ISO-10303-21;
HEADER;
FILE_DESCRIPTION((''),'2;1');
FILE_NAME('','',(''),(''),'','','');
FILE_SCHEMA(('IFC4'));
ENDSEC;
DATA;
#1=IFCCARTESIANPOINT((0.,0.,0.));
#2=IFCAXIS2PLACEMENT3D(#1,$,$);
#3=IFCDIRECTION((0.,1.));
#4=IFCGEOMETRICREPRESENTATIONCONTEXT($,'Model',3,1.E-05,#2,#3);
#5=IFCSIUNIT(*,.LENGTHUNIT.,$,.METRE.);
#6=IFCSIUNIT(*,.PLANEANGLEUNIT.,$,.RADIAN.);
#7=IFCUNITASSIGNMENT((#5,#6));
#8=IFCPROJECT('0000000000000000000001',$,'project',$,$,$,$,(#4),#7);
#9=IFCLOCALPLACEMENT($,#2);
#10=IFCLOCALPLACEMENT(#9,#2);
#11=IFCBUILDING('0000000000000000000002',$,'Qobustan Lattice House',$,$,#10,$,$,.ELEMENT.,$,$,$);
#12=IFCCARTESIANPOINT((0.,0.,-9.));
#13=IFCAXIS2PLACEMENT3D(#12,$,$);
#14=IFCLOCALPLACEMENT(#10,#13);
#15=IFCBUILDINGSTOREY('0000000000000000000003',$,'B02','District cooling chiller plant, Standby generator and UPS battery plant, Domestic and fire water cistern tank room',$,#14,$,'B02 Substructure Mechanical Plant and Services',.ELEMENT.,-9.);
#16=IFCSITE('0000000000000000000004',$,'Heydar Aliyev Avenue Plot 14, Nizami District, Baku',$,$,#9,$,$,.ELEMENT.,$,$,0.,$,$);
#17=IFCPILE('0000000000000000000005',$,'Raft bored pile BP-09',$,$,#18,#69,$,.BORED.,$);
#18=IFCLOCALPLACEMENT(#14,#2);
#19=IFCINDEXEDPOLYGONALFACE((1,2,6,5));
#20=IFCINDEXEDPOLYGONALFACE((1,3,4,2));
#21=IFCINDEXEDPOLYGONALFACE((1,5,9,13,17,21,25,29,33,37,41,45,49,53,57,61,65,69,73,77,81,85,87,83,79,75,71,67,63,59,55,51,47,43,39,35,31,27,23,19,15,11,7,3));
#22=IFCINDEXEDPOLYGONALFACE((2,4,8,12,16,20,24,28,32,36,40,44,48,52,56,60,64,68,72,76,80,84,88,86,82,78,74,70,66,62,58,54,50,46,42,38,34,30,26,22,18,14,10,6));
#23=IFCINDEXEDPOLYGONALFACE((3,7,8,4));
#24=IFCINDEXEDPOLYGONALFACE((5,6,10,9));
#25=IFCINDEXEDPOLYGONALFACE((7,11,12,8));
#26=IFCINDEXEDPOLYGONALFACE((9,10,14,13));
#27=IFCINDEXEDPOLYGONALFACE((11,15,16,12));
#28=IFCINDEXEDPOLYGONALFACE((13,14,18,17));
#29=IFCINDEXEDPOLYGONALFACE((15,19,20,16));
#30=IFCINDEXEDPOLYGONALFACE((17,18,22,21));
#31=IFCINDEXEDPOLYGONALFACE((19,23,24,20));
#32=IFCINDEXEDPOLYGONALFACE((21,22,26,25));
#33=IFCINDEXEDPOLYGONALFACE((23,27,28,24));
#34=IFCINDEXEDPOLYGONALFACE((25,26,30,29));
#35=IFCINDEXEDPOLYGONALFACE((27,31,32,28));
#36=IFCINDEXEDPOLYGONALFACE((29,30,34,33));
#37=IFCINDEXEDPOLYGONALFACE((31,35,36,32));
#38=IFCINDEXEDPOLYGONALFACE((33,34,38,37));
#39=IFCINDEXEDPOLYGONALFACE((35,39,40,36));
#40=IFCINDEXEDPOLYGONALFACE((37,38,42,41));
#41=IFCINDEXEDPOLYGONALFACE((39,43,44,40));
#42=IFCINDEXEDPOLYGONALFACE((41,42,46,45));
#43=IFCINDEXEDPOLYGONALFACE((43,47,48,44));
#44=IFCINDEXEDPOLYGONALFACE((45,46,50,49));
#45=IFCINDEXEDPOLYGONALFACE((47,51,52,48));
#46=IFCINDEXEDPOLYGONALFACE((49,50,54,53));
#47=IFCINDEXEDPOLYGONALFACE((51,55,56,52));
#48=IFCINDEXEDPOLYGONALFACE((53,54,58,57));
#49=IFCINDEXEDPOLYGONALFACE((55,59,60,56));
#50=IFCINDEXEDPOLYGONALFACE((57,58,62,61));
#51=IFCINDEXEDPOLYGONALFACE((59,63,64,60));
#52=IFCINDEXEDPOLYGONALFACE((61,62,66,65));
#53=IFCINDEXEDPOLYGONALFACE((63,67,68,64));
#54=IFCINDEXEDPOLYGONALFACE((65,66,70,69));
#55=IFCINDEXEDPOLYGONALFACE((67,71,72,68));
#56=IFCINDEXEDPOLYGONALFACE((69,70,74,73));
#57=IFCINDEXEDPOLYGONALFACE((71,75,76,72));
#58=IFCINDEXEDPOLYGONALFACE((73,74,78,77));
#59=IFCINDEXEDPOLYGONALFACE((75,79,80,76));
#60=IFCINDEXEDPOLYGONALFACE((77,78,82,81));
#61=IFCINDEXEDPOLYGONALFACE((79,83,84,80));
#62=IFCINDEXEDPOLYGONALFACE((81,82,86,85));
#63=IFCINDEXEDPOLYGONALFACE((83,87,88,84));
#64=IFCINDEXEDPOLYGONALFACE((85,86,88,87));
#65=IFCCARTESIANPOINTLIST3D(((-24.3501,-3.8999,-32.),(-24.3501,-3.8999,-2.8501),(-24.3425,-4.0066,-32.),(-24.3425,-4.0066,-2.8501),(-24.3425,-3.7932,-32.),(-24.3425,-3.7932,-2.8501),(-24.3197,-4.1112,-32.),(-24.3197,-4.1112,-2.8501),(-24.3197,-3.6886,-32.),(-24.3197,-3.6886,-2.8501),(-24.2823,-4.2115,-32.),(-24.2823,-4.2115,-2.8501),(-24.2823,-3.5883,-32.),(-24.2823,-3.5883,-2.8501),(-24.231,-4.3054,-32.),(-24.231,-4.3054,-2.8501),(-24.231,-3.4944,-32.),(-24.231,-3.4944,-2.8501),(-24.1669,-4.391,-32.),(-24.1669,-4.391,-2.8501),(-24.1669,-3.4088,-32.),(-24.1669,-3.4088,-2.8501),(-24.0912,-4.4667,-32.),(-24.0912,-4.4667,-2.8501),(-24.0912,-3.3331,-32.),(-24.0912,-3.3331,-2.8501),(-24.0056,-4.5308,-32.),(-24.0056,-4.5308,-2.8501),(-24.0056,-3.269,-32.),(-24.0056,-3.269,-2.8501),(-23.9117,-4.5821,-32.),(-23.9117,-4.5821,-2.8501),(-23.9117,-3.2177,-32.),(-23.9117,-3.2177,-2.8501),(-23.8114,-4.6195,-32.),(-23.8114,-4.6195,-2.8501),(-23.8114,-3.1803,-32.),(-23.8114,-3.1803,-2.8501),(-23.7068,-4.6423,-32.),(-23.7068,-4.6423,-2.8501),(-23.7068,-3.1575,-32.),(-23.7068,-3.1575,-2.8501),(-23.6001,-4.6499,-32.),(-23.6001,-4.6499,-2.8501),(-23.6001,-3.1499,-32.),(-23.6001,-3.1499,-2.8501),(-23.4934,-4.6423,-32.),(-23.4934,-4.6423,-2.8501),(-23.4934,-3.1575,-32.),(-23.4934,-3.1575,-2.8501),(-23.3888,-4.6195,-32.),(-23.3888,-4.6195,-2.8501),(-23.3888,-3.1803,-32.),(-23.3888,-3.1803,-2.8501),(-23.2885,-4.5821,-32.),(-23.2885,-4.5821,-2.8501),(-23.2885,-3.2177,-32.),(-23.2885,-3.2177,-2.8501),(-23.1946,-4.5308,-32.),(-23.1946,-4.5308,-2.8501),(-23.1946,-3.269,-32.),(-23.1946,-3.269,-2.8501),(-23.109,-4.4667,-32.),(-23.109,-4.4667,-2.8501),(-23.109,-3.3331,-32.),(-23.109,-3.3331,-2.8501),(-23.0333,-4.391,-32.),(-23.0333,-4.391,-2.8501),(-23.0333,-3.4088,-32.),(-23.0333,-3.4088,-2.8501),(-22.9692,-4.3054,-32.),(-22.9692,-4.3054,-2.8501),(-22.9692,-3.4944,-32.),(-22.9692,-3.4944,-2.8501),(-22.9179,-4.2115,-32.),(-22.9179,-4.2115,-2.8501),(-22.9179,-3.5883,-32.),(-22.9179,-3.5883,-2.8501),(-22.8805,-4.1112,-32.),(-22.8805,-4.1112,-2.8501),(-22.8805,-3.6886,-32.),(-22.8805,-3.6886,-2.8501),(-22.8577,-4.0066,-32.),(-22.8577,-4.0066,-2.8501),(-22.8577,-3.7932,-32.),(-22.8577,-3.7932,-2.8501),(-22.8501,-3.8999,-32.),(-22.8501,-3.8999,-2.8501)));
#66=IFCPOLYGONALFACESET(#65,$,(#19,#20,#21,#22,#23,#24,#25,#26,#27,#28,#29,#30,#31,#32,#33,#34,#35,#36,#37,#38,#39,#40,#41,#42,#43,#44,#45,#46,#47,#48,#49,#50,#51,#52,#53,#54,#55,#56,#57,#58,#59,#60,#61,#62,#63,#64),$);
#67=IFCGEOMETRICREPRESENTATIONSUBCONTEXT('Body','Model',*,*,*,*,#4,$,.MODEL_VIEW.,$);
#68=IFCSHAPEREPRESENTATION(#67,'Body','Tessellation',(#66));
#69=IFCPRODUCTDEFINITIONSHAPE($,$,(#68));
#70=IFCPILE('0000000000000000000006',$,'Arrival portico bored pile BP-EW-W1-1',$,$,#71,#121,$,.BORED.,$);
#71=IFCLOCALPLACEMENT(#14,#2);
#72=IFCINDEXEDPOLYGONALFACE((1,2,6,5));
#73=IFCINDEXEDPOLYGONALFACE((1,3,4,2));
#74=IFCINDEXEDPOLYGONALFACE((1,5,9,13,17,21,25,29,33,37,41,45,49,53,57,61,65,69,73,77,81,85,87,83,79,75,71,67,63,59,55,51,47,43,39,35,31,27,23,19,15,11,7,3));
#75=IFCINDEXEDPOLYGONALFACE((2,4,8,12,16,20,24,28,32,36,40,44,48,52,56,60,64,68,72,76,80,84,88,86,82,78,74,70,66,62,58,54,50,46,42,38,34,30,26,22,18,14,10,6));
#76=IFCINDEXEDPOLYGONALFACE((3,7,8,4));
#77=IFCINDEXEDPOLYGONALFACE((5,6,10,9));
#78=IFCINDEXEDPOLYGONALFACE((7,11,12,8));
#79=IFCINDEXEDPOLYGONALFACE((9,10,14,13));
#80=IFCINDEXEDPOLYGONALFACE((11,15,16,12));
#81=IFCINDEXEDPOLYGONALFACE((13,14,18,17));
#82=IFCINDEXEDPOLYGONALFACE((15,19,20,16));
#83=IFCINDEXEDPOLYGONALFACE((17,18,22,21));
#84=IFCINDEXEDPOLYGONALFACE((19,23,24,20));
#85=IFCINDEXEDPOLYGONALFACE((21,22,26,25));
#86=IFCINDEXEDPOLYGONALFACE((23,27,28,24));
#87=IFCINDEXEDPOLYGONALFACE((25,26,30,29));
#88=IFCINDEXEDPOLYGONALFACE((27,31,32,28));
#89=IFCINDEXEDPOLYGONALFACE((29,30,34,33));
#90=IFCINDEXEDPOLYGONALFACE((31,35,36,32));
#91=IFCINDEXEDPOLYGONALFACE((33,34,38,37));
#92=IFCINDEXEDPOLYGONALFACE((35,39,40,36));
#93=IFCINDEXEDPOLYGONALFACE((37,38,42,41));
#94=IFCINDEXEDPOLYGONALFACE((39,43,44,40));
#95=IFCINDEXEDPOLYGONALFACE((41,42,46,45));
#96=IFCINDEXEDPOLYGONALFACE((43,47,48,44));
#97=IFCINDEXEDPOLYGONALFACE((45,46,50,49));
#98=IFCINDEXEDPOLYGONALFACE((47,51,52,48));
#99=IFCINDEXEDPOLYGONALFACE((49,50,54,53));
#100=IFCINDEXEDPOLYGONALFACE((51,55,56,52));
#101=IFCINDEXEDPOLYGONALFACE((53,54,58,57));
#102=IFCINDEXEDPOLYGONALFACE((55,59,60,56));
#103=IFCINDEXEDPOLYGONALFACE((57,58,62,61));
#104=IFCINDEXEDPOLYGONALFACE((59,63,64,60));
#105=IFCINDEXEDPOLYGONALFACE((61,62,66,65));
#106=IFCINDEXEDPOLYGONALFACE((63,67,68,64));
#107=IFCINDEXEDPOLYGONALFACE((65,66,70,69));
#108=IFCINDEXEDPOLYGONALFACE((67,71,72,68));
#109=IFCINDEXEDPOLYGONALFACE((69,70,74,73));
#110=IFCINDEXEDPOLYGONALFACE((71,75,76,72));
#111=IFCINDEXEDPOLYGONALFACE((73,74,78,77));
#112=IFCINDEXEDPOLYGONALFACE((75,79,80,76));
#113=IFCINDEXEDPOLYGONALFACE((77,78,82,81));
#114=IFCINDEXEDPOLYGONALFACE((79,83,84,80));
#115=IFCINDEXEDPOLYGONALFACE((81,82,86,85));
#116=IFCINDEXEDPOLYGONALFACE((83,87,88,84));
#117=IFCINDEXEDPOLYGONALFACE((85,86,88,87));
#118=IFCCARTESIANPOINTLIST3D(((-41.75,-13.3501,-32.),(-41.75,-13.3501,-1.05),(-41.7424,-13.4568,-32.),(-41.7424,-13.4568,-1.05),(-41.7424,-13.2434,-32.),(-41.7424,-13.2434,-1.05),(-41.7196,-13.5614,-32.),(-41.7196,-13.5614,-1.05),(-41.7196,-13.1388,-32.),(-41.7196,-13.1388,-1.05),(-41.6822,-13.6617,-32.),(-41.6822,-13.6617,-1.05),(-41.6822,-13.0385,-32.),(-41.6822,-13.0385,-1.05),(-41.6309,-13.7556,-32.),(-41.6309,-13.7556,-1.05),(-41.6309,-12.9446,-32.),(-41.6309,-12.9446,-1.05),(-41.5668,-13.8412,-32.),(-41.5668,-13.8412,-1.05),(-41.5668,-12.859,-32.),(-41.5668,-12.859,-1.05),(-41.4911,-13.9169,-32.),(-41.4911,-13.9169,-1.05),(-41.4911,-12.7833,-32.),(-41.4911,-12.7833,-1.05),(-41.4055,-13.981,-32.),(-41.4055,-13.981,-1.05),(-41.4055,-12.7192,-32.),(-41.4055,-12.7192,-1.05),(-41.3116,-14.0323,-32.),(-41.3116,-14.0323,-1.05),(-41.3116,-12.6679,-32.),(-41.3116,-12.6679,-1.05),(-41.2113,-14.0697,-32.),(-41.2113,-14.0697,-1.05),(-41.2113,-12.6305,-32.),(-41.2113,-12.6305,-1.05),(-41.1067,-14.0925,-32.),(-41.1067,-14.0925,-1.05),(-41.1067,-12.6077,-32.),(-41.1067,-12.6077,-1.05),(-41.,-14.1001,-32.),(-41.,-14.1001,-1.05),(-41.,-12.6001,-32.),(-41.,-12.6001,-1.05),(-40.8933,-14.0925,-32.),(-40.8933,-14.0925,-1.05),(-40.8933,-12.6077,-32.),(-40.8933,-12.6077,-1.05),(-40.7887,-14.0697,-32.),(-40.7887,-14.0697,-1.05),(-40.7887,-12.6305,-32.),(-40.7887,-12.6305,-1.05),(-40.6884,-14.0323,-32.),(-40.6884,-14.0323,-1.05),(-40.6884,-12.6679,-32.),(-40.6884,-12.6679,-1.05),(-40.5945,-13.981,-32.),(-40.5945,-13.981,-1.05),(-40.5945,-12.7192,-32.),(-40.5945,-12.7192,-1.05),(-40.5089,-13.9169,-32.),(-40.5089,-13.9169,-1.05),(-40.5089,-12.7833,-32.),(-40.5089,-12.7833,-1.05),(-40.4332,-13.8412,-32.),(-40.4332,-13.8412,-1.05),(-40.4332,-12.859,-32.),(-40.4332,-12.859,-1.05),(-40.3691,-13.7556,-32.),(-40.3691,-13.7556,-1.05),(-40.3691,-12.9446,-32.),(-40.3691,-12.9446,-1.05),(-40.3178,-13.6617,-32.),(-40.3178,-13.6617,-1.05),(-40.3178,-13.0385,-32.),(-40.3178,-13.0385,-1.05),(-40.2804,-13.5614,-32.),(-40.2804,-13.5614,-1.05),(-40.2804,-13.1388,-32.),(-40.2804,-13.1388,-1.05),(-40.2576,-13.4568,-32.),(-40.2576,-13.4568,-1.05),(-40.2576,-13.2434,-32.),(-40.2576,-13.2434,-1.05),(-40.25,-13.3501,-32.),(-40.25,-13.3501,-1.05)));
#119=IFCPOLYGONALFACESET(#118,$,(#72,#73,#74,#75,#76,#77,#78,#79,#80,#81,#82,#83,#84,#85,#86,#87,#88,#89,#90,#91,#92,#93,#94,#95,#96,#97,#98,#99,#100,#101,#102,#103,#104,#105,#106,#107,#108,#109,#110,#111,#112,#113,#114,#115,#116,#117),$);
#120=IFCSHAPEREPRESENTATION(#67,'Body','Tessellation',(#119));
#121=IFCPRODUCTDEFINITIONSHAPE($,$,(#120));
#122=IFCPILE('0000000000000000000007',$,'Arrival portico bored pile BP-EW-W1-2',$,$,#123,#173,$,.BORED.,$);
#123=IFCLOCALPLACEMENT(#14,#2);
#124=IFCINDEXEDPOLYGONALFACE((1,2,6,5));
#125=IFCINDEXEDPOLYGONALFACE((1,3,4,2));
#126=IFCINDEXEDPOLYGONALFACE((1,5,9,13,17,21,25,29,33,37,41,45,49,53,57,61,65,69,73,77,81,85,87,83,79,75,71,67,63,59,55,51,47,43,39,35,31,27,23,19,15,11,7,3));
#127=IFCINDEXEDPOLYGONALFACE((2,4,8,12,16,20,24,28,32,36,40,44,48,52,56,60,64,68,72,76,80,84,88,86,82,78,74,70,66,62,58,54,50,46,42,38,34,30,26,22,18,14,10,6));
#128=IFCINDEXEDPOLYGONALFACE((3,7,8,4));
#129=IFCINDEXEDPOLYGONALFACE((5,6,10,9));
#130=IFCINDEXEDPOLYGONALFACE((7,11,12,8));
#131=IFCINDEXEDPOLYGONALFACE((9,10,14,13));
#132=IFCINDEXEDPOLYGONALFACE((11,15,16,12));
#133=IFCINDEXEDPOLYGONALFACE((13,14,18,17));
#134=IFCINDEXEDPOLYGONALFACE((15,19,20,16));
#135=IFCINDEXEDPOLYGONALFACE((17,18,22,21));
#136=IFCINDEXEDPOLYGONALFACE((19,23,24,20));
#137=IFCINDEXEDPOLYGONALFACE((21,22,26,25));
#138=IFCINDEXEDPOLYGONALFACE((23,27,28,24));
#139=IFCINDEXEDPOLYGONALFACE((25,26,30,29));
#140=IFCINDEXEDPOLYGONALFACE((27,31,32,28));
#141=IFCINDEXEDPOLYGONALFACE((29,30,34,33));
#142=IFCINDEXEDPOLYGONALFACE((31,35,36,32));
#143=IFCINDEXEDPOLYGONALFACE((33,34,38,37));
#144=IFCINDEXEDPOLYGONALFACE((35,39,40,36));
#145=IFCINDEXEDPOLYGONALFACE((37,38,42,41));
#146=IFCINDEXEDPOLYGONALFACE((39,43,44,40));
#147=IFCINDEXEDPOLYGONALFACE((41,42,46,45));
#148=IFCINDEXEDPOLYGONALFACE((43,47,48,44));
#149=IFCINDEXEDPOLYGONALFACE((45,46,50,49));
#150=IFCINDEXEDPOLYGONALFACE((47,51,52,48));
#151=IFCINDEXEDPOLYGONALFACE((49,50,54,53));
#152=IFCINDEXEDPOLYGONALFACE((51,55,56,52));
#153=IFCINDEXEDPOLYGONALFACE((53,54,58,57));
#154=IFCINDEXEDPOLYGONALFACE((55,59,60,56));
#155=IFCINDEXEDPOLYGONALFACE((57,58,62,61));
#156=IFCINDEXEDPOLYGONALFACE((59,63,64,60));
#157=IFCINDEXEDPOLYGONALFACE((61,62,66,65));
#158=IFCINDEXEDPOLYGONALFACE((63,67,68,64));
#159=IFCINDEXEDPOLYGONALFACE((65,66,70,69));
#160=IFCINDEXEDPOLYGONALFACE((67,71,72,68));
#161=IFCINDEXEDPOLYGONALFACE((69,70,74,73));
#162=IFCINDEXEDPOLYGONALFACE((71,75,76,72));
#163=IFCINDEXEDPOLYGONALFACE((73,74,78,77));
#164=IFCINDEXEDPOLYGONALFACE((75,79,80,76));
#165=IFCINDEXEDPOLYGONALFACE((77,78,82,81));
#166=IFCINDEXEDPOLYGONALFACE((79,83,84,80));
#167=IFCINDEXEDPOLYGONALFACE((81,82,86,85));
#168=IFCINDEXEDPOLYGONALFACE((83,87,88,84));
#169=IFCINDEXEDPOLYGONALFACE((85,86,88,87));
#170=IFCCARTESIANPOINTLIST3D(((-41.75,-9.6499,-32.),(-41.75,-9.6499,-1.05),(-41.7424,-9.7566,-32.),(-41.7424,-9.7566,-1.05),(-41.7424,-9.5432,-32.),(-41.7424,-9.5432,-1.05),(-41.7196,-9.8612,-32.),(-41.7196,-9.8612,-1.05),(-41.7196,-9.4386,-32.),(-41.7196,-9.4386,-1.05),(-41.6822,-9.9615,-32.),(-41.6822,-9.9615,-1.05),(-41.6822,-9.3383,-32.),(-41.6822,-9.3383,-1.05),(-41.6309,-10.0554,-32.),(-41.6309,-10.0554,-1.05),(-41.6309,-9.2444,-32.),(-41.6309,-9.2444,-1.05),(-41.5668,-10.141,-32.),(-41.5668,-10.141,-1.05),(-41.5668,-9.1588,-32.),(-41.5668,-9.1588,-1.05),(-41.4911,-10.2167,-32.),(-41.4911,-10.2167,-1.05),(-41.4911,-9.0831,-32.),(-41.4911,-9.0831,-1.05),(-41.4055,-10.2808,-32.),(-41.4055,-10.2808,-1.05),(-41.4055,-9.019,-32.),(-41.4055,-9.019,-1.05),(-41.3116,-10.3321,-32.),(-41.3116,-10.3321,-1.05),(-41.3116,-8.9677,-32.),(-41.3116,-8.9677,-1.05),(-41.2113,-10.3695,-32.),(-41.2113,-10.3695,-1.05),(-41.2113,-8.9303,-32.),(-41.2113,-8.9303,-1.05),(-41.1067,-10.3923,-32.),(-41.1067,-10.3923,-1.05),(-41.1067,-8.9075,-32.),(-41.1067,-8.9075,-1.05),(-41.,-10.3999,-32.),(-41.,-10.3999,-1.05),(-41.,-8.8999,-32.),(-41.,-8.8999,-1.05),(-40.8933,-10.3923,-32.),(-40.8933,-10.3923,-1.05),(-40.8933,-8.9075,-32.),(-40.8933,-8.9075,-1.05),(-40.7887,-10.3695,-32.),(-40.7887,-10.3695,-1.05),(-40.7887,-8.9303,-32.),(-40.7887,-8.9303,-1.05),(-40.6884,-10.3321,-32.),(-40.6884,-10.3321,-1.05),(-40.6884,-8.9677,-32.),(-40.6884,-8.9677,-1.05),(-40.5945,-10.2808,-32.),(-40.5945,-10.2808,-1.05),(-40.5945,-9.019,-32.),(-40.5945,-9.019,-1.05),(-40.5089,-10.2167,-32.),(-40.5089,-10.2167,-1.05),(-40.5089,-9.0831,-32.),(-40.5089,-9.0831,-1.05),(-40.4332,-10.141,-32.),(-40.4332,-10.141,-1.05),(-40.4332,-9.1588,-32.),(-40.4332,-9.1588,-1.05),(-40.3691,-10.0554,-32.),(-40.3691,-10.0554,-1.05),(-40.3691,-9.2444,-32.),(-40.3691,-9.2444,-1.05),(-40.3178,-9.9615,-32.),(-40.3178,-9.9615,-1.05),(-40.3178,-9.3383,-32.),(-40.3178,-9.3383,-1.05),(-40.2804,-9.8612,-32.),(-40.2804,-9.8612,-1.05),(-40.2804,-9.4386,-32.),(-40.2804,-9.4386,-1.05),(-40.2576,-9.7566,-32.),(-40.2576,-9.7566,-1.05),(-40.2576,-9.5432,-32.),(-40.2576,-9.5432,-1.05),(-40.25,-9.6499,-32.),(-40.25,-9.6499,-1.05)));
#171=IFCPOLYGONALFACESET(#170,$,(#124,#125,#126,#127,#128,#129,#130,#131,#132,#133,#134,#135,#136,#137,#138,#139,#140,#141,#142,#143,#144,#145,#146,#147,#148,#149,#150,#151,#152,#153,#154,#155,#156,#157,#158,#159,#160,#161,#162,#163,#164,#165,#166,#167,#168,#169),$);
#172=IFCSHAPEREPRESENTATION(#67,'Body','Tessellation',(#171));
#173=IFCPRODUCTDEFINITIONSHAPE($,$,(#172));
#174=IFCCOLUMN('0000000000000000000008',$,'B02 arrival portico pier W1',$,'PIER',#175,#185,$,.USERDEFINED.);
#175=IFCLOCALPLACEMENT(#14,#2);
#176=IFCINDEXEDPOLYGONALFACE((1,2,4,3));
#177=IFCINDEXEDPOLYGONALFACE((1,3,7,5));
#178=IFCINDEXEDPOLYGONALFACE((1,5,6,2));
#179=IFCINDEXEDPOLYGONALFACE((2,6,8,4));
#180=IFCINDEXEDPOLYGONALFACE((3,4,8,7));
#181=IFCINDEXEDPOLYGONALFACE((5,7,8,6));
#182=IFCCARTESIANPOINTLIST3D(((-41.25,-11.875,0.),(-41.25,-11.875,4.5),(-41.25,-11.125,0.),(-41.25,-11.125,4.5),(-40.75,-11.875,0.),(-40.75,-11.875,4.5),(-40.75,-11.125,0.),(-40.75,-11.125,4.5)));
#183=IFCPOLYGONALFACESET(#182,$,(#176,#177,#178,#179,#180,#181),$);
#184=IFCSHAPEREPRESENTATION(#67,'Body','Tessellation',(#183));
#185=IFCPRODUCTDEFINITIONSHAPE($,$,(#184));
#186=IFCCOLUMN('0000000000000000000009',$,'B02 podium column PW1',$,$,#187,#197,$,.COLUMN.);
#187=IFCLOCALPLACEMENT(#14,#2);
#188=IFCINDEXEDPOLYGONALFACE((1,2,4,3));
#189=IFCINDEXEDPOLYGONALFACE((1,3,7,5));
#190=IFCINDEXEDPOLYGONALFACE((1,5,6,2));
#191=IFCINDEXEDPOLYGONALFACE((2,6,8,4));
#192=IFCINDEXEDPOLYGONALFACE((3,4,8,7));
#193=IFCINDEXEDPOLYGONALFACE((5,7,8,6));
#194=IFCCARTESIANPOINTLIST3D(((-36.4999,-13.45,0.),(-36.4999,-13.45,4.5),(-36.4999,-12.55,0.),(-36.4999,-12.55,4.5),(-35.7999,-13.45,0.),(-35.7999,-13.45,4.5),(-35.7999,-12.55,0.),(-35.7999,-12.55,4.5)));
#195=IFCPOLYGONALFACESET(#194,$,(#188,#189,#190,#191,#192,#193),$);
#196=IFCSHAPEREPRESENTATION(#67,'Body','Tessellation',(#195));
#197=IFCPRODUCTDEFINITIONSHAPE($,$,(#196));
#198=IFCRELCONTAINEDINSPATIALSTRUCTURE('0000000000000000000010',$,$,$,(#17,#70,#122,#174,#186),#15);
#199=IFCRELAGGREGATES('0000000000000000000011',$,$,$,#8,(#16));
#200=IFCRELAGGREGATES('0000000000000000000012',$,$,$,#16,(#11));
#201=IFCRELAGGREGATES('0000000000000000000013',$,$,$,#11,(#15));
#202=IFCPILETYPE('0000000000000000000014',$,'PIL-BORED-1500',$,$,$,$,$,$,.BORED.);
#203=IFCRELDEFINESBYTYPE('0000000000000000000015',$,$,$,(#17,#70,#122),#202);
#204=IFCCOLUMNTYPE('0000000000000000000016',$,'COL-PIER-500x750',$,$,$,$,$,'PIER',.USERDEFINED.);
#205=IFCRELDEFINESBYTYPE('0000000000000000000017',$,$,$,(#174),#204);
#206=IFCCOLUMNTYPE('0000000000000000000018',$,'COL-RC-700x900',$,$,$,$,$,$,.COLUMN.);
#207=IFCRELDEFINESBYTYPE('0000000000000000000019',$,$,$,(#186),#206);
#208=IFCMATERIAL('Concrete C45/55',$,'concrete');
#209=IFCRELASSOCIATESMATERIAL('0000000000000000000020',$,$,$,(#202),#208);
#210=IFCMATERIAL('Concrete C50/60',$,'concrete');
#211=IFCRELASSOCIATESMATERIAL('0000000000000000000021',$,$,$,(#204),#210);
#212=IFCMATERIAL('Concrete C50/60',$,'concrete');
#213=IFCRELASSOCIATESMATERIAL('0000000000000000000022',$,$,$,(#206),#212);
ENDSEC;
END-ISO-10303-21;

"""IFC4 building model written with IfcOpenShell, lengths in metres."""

from ifc_helpers import new_model, si_unit, direction, frame, origin, origin_2d, place, context, subcontext, project, spatial, rectangle, circle, extrude, material, material_profile, profile_set, type_object, element, save


model = new_model("IFC4")

# Units and contexts
model_context = context("Model", 3, precision=1e-05, world=origin(), true_north=direction((0.0, 1.0)))
body_context = subcontext(model_context, "Body", "Model", "MODEL_VIEW")
ifc_project = project(units=[si_unit("LENGTHUNIT", "METRE"), si_unit("PLANEANGLEUNIT", "RADIAN")], contexts=[model_context])

# Site, building, storey
site_placement = place(None, origin())
site = spatial("IfcSite", under=ifc_project, at=site_placement, Name="Heydar Aliyev Avenue Plot 14, Nizami District, Baku", CompositionType="ELEMENT", RefElevation=0.0)
building_placement = place(site_placement, origin())
building = spatial("IfcBuilding", under=site, at=building_placement, Name="Qobustan Lattice House", CompositionType="ELEMENT")
storey_placement = place(building_placement, frame((0.0, 0.0, -9.0)))
storey = spatial("IfcBuildingStorey", under=building, at=storey_placement, Name="B02", Description="District cooling chiller plant, Standby generator and UPS battery plant, Domestic and fire water cistern tank room", LongName="B02 Substructure Mechanical Plant and Services", CompositionType="ELEMENT", Elevation=-9.0)

# Piles
ifc_material_1 = material(Name="Concrete C45/55", Category="concrete")
ifc_material_profile_1 = material_profile(ifc_material_1, circle(Radius=0.75, at=origin_2d()), Name="PILE-D1500")
ifc_profile_set_1 = profile_set([ifc_material_profile_1], Name="Concrete C45/55")
pile_type = type_object("IfcPileType", Name="PIL-BORED-1500", PredefinedType="BORED", material=ifc_profile_set_1)
for number, where, z_axis, x_axis, name in (
    (1, (-23.6001, -3.8999, -2.8501), (0.0, 0.0, -1.0), (1.0, 0.0, 0.0), "Raft bored pile BP-09"),
):
    element("IfcPile", number, at=place(storey_placement, frame(where, z_axis=z_axis, x_axis=x_axis)), inside=storey, type_object=pile_type, Name=name, PredefinedType="BORED", context=body_context, shape_type="SweptSolid", body=[
        extrude(circle(Radius=0.75, at=origin_2d()), origin(), (0.0, 0.0, 1.0), 29.1499),
    ])
for number, where, z_axis, x_axis, name in (
    (2, (-41.0, -13.3501, -1.05), (0.0, 0.0, -1.0), (1.0, 0.0, 0.0), "Arrival portico bored pile BP-EW-W1-1"),
    (3, (-41.0, -9.6499, -1.05), (0.0, 0.0, -1.0), (1.0, 0.0, 0.0), "Arrival portico bored pile BP-EW-W1-2"),
):
    element("IfcPile", number, at=place(storey_placement, frame(where, z_axis=z_axis, x_axis=x_axis)), inside=storey, type_object=pile_type, Name=name, PredefinedType="BORED", context=body_context, shape_type="SweptSolid", body=[
        extrude(circle(Radius=0.75, at=origin_2d()), origin(), (0.0, 0.0, 1.0), 30.95),
    ])

# Columns
ifc_material_2 = material(Name="Concrete C50/60", Category="concrete")
ifc_material_profile_2 = material_profile(ifc_material_2, rectangle(XDim=0.5, YDim=0.75, at=origin_2d()), Name="RC500x750")
ifc_profile_set_2 = profile_set([ifc_material_profile_2], Name="Concrete C50/60")
column_type_1 = type_object("IfcColumnType", Name="COL-PIER-500x750", ElementType="PIER", PredefinedType="USERDEFINED", material=ifc_profile_set_2)
column_placement = place(storey_placement, frame((-41.0, -11.5, 0.0), z_axis=(0.0, 0.0, 1.0), x_axis=(1.0, 0.0, 0.0)))
element("IfcColumn", 4, at=column_placement, inside=storey, type_object=column_type_1, Name="B02 arrival portico pier W1", ObjectType="PIER", PredefinedType="USERDEFINED", context=body_context, shape_type="SweptSolid", body=[
    extrude(rectangle(XDim=0.5, YDim=0.75, at=origin_2d()), origin(), (0.0, 0.0, 1.0), 4.5),
])
ifc_material_3 = material(Name="Concrete C50/60", Category="concrete")
ifc_material_profile_3 = material_profile(ifc_material_3, rectangle(XDim=0.7, YDim=0.8999, at=origin_2d()), Name="RC700x900")
ifc_profile_set_3 = profile_set([ifc_material_profile_3], Name="Concrete C50/60")
column_type_2 = type_object("IfcColumnType", Name="COL-RC-700x900", PredefinedType="COLUMN", material=ifc_profile_set_3)
for number, where, z_axis, x_axis, name in (
    (5, (-36.1499, -13.0, 0.0), (0.0, 0.0, 1.0), (1.0, 0.0, 0.0), "B02 podium column PW1"),
):
    element("IfcColumn", number, at=place(storey_placement, frame(where, z_axis=z_axis, x_axis=x_axis)), inside=storey, type_object=column_type_2, Name=name, PredefinedType="COLUMN", context=body_context, shape_type="SweptSolid", body=[
        extrude(rectangle(XDim=0.7, YDim=0.8999, at=origin_2d()), origin(), (0.0, 0.0, 1.0), 4.5),
    ])

save(model, "model.ifc")
